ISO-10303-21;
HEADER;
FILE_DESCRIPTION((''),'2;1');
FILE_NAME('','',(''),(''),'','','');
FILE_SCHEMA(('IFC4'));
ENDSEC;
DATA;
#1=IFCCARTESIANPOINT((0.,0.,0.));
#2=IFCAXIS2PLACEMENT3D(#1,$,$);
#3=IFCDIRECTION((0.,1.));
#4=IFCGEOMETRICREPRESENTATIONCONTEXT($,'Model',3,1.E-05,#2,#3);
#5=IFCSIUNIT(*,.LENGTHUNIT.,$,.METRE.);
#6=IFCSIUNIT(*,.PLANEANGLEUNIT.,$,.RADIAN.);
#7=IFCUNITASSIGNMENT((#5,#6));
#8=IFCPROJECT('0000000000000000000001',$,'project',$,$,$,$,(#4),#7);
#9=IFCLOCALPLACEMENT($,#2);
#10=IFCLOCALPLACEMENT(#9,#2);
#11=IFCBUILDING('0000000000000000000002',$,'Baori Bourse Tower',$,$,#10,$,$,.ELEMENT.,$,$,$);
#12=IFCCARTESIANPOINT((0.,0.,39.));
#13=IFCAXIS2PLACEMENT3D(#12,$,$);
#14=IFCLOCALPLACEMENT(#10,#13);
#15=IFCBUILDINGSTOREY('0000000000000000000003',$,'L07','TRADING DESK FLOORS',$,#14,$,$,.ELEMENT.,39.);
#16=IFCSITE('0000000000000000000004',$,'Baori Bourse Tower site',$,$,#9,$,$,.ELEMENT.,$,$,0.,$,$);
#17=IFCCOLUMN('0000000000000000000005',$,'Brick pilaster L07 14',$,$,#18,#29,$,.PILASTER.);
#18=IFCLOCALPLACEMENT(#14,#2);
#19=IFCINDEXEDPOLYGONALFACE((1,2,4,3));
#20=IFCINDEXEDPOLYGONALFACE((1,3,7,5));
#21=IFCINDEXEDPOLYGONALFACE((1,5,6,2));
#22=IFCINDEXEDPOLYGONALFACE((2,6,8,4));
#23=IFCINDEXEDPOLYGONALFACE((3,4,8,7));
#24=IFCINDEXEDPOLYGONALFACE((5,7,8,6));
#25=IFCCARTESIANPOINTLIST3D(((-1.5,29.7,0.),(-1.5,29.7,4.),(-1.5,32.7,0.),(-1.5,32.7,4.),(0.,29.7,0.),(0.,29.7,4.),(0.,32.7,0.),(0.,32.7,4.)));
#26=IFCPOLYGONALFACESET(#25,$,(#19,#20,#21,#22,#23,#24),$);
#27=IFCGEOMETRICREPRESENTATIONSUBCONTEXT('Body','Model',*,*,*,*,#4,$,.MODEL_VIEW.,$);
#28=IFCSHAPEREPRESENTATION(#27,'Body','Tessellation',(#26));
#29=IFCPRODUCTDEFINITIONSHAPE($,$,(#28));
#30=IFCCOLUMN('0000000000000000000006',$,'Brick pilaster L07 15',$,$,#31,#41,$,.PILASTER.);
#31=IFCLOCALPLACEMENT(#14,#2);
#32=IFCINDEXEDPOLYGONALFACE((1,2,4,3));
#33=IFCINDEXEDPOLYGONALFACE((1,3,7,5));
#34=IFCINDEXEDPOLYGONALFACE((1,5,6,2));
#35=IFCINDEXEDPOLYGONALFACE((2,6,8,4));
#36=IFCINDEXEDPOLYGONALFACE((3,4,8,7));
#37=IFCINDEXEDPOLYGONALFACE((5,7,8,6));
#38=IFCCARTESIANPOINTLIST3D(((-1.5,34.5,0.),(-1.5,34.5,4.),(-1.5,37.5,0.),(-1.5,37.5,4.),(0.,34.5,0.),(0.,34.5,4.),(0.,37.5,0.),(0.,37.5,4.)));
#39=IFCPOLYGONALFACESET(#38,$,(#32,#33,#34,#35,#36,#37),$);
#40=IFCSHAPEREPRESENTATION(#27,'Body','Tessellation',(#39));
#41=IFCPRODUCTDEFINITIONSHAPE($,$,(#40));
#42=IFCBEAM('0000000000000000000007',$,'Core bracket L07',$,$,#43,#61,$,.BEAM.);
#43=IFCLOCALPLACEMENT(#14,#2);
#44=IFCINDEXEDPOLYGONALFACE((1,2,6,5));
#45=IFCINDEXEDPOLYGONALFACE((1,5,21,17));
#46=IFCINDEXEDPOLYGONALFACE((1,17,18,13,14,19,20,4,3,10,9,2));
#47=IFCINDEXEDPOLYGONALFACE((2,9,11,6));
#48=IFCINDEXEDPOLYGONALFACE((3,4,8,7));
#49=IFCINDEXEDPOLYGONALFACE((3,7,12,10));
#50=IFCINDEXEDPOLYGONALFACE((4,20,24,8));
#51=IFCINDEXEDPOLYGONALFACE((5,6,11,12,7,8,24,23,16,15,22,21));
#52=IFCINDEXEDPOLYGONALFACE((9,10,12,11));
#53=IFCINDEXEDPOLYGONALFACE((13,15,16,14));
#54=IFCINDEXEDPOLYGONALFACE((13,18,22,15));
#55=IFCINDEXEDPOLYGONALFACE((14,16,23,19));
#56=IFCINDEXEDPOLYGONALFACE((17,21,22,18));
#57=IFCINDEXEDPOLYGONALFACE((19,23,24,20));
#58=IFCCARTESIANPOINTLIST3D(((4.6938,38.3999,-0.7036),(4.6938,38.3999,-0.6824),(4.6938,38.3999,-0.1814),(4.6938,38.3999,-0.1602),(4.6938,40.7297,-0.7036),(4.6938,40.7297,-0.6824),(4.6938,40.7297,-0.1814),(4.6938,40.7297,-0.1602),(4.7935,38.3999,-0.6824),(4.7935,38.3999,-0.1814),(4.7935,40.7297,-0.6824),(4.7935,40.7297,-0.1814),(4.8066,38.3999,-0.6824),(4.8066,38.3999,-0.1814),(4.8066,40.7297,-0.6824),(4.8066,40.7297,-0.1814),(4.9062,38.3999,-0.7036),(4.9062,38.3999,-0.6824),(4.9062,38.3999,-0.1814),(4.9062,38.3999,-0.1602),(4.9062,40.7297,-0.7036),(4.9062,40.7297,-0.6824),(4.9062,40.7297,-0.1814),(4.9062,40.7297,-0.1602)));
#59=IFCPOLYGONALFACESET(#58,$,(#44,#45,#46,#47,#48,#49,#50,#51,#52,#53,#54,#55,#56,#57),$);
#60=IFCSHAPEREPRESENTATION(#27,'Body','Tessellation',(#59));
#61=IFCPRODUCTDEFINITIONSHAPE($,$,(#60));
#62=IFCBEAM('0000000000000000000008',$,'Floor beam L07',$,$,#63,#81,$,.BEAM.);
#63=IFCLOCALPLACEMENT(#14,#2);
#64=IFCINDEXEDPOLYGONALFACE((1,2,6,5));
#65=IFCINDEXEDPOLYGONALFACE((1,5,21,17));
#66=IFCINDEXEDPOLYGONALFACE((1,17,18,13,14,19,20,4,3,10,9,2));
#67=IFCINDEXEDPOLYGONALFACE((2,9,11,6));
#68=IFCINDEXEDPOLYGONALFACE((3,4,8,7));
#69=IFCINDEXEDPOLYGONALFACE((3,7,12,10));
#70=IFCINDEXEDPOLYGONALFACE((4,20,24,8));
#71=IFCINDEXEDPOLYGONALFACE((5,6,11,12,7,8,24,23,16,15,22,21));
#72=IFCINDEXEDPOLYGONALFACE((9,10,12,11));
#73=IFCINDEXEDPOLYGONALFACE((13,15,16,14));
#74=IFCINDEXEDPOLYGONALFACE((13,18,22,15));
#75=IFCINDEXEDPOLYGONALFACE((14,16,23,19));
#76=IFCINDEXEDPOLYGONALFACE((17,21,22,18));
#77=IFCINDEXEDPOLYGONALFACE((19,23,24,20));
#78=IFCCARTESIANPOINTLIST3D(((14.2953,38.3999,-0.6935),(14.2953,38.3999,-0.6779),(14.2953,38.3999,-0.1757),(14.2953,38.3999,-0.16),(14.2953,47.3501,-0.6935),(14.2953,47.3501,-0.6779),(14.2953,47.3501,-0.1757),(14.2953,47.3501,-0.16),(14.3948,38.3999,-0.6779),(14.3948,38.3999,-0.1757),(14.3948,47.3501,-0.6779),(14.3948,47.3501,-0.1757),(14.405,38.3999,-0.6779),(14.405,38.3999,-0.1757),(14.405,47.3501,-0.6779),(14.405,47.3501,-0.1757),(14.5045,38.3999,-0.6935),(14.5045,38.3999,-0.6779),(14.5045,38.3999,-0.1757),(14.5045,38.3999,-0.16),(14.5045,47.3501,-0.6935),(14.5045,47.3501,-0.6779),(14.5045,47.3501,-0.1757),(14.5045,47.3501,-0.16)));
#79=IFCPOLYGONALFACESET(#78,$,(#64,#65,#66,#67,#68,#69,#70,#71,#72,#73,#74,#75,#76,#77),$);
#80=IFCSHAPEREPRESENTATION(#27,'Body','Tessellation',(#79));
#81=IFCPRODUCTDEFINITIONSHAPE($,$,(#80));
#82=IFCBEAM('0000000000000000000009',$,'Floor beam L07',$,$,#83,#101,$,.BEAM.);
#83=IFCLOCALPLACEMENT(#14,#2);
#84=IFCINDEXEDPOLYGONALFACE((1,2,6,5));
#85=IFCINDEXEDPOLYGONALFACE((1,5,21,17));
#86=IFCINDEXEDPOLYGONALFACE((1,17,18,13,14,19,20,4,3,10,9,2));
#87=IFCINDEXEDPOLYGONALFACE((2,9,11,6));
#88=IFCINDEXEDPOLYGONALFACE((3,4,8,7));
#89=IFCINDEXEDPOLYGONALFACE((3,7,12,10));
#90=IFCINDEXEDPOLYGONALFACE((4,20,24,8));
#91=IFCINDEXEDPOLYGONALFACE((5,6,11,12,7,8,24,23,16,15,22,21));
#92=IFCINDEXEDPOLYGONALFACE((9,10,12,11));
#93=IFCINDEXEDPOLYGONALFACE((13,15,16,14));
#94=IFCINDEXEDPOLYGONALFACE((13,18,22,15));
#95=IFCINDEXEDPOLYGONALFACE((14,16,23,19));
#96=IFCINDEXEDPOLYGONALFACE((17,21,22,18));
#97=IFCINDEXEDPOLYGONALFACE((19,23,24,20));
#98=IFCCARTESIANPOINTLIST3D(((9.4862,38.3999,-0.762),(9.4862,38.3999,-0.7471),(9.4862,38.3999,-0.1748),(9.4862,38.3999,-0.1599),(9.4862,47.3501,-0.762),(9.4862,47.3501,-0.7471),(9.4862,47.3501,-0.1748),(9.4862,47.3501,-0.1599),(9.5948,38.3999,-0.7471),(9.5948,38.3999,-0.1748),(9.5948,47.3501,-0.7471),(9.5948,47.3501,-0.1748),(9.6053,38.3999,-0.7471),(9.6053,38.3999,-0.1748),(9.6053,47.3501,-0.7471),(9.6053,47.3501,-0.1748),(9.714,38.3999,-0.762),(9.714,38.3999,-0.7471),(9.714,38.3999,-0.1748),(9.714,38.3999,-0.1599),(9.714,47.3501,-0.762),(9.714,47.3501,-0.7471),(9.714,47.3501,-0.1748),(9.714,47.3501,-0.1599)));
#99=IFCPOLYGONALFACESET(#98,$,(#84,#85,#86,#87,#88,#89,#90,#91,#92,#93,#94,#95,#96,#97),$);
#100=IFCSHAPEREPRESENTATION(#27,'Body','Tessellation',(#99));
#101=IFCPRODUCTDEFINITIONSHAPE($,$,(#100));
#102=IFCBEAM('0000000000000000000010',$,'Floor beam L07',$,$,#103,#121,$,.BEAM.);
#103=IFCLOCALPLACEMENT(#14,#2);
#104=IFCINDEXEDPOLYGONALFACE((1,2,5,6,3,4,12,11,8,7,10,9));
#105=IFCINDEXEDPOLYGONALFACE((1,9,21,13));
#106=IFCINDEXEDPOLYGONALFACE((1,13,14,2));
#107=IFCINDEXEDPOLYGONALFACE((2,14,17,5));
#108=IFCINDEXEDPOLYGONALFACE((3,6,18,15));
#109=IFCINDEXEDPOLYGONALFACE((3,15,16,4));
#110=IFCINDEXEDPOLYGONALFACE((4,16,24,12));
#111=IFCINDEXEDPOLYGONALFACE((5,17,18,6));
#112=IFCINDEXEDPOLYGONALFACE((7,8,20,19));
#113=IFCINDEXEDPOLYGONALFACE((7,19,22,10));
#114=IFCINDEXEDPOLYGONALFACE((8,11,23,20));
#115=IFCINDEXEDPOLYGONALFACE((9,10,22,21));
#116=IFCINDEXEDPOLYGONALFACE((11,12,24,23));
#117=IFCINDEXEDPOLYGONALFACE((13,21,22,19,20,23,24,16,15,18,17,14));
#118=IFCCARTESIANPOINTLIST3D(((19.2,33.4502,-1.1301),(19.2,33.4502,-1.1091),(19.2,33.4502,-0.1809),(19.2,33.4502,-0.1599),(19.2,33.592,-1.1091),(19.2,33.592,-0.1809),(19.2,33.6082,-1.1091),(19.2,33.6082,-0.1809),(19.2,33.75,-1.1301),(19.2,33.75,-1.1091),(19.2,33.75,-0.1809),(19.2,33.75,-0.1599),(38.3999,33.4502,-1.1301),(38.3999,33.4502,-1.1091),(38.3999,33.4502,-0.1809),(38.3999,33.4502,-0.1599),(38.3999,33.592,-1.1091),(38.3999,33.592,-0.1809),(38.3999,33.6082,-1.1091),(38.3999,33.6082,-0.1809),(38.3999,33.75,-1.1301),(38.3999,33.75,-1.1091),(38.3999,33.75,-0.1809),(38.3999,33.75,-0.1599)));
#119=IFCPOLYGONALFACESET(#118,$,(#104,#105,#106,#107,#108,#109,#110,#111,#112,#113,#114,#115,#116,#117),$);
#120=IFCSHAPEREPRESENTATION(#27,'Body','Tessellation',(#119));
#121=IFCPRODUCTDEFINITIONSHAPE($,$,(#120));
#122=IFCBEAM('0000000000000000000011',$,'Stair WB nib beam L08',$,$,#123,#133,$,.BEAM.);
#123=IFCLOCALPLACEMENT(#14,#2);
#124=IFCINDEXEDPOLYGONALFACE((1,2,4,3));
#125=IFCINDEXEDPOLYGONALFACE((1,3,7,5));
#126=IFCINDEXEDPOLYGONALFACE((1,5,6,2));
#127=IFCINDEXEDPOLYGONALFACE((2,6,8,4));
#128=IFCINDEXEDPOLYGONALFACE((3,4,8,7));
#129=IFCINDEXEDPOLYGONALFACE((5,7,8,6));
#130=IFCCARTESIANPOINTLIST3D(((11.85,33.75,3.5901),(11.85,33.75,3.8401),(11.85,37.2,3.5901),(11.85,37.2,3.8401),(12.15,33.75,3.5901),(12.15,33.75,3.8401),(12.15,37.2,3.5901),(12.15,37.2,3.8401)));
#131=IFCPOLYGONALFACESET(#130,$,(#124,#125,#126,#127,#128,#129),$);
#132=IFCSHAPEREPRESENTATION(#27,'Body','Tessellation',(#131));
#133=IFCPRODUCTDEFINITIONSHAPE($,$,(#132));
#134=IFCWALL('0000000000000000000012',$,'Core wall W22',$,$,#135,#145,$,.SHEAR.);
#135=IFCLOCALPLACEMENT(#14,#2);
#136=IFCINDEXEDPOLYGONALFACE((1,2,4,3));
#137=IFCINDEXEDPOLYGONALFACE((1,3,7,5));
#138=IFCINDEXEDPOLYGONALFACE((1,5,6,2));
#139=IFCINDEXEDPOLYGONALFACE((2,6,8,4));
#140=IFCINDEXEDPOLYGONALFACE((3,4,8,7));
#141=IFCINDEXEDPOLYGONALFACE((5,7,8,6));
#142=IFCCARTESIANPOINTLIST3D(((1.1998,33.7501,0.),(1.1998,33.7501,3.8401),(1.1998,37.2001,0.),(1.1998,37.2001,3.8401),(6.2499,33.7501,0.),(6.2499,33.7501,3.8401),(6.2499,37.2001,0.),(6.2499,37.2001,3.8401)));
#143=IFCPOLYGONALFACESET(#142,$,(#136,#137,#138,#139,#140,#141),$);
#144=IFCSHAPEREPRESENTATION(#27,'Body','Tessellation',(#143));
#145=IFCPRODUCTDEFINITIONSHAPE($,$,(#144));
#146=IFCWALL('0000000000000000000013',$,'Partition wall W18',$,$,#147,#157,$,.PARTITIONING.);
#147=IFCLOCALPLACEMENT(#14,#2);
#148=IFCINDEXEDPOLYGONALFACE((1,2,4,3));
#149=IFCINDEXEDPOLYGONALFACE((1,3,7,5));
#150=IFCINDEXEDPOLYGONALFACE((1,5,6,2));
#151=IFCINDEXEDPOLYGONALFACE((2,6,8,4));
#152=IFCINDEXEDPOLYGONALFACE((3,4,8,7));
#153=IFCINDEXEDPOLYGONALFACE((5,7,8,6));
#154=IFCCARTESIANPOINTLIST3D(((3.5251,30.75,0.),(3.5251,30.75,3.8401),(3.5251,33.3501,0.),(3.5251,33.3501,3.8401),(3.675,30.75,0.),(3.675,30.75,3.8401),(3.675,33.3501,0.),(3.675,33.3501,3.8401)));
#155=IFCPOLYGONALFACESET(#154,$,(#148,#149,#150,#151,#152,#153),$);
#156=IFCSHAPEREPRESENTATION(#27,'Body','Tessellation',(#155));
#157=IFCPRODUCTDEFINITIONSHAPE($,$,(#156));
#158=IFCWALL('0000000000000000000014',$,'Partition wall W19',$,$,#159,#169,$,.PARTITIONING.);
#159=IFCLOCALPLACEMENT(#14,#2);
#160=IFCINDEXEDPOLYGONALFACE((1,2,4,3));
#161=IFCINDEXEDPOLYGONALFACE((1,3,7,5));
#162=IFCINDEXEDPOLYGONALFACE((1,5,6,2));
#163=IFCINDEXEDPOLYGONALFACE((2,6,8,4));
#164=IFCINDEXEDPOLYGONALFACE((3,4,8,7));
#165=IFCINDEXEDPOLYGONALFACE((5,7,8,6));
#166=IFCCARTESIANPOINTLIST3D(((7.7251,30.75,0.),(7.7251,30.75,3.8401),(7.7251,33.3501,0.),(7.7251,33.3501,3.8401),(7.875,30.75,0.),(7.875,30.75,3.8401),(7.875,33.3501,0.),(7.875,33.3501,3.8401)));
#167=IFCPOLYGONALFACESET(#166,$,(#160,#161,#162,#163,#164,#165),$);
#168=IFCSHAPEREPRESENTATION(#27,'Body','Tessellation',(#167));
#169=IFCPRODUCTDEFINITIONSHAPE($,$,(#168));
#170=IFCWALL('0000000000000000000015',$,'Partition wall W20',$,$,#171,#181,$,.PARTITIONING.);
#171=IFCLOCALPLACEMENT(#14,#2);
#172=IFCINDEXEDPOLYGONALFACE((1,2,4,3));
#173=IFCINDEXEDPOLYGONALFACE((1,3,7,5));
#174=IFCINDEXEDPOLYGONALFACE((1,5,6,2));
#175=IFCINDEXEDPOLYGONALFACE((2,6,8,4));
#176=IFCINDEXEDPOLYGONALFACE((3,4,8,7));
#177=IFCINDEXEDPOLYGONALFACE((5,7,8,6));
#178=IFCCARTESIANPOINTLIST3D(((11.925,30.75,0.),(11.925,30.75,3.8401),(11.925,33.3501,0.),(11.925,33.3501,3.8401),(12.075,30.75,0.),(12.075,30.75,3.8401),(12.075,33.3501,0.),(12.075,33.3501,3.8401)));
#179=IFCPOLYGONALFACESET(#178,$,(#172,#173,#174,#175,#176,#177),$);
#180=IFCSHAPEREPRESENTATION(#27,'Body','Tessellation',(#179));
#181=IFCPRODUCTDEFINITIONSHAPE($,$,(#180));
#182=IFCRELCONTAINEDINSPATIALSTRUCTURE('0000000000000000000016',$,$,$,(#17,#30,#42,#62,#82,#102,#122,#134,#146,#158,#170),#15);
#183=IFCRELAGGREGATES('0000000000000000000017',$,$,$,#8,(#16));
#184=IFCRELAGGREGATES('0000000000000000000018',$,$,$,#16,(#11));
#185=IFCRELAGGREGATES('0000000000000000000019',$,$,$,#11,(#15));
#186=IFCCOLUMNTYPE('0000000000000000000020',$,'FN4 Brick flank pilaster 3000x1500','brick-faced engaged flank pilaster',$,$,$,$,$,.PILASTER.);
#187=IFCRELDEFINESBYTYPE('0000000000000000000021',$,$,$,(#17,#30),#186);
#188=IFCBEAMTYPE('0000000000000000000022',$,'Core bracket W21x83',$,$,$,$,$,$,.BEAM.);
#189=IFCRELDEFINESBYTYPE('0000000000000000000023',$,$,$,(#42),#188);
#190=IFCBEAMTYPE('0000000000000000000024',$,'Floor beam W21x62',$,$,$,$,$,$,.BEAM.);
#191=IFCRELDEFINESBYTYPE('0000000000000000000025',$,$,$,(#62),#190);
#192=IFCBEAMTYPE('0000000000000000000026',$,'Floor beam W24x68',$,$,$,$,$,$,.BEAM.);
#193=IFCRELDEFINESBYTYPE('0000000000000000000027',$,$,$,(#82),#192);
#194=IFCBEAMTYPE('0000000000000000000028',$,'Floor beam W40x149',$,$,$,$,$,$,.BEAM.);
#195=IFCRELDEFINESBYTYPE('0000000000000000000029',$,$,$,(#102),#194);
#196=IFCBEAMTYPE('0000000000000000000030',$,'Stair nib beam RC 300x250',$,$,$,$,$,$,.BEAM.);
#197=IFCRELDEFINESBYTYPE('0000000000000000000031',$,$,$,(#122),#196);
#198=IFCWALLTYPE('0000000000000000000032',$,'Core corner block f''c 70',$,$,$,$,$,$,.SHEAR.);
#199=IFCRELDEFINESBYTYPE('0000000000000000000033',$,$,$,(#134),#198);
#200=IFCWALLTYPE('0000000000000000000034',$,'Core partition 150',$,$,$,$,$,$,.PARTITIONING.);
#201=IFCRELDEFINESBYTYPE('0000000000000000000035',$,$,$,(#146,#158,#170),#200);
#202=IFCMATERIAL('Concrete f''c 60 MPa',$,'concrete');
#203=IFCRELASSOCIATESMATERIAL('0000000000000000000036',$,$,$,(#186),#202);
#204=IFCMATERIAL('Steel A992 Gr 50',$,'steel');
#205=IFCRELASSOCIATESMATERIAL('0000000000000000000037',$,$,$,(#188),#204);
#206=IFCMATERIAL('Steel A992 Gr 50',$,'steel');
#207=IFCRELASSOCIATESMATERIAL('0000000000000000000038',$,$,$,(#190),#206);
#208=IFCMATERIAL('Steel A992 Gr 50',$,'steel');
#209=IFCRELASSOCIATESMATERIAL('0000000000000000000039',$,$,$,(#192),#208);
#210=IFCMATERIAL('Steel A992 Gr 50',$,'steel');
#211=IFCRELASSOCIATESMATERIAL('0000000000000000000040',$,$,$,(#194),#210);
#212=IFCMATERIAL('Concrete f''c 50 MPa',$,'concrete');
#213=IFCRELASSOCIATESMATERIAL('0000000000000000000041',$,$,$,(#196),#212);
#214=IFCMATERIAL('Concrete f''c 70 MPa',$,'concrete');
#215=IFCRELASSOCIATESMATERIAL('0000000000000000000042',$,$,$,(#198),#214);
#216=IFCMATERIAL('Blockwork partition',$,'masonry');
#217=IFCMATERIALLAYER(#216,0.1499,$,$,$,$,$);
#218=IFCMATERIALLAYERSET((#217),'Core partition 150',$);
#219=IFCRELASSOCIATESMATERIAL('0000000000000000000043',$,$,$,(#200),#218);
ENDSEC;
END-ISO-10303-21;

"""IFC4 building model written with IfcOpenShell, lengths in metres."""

from ifc_helpers import new_model, si_unit, direction, frame, frame_2d, origin, origin_2d, place, context, subcontext, project, spatial, rectangle, i_section, extrude, material, layer, layer_set, material_profile, profile_set, type_object, element, save


model = new_model("IFC4")

# Units and contexts
model_context = context("Model", 3, precision=1e-05, world=origin(), true_north=direction((0.0, 1.0)))
body_context = subcontext(model_context, "Body", "Model", "MODEL_VIEW")
ifc_project = project(units=[si_unit("LENGTHUNIT", "METRE"), si_unit("PLANEANGLEUNIT", "RADIAN")], contexts=[model_context])

# Site, building, storey
site_placement = place(None, origin())
site = spatial("IfcSite", under=ifc_project, at=site_placement, Name="Baori Bourse Tower site", CompositionType="ELEMENT", RefElevation=0.0)
building_placement = place(site_placement, origin())
building = spatial("IfcBuilding", under=site, at=building_placement, Name="Baori Bourse Tower", CompositionType="ELEMENT")
storey_placement = place(building_placement, frame((0.0, 0.0, 39.0)))
storey = spatial("IfcBuildingStorey", under=building, at=storey_placement, Name="L07", Description="TRADING DESK FLOORS", CompositionType="ELEMENT", Elevation=39.0)

# Columns
ifc_material_1 = material(Name="Concrete f'c 60 MPa", Category="concrete")
ifc_material_profile_1 = material_profile(ifc_material_1, rectangle(XDim=3.0, YDim=1.5, at=origin_2d()), Name="RC 3000x1500")
ifc_profile_set_1 = profile_set([ifc_material_profile_1], Name="Concrete f'c 60 MPa")
column_type = type_object("IfcColumnType", Name="FN4 Brick flank pilaster 3000x1500", Description="brick-faced engaged flank pilaster", PredefinedType="PILASTER", material=ifc_profile_set_1)
for number, where, z_axis, x_axis, name in (
    (1, (-0.75, 31.2, 0.0), (0.0, 0.0, 1.0), (0.0, 1.0, 0.0), "Brick pilaster L07 14"),
    (2, (-0.75, 36.0, 0.0), (0.0, 0.0, 1.0), (0.0, 1.0, 0.0), "Brick pilaster L07 15"),
):
    element("IfcColumn", number, at=place(storey_placement, frame(where, z_axis=z_axis, x_axis=x_axis)), inside=storey, type_object=column_type, Name=name, PredefinedType="PILASTER", context=body_context, shape_type="SweptSolid", body=[
        extrude(rectangle(XDim=3.0, YDim=1.5, at=origin_2d()), origin(), (0.0, 0.0, 1.0), 4.0),
    ])

# Beams
ifc_material_2 = material(Name="Steel A992 Gr 50", Category="steel")
ifc_material_profile_2 = material_profile(ifc_material_2, i_section(OverallWidth=0.2124, OverallDepth=0.5435, WebThickness=0.0132, FlangeThickness=0.0212, at=origin_2d()), Name="W21x83")
ifc_profile_set_2 = profile_set([ifc_material_profile_2], Name="Steel A992 Gr 50")
beam_type_1 = type_object("IfcBeamType", Name="Core bracket W21x83", PredefinedType="BEAM", material=ifc_profile_set_2)
beam_1_placement = place(storey_placement, frame((4.8, 38.3999, -0.4319), z_axis=(0.0, 1.0, 0.0), x_axis=(-1.0, 0.0, 0.0)))
element("IfcBeam", 3, at=beam_1_placement, inside=storey, type_object=beam_type_1, Name="Core bracket L07", PredefinedType="BEAM", context=body_context, shape_type="SweptSolid", body=[
    extrude(i_section(OverallWidth=0.2124, OverallDepth=0.5435, WebThickness=0.0132, FlangeThickness=0.0212, at=origin_2d()), origin(), (0.0, 0.0, 1.0), 2.3298),
])
ifc_material_3 = material(Name="Steel A992 Gr 50", Category="steel")
ifc_material_profile_3 = material_profile(ifc_material_3, i_section(OverallWidth=0.2092, OverallDepth=0.5334, WebThickness=0.0103, FlangeThickness=0.0156, at=origin_2d()), Name="W21x62")
ifc_profile_set_3 = profile_set([ifc_material_profile_3], Name="Steel A992 Gr 50")
beam_type_2 = type_object("IfcBeamType", Name="Floor beam W21x62", PredefinedType="BEAM", material=ifc_profile_set_3)
beam_2_placement = place(storey_placement, frame((14.3999, 38.3999, -0.4268), z_axis=(0.0, 1.0, 0.0), x_axis=(-1.0, 0.0, 0.0)))
element("IfcBeam", 4, at=beam_2_placement, inside=storey, type_object=beam_type_2, Name="Floor beam L07", PredefinedType="BEAM", context=body_context, shape_type="SweptSolid", body=[
    extrude(i_section(OverallWidth=0.2092, OverallDepth=0.5334, WebThickness=0.0103, FlangeThickness=0.0156, at=origin_2d()), origin(), (0.0, 0.0, 1.0), 8.9502),
])
ifc_material_4 = material(Name="Steel A992 Gr 50", Category="steel")
ifc_material_profile_4 = material_profile(ifc_material_4, i_section(OverallWidth=0.2278, OverallDepth=0.6021, WebThickness=0.0105, FlangeThickness=0.0149, at=origin_2d()), Name="W24x68")
ifc_profile_set_4 = profile_set([ifc_material_profile_4], Name="Steel A992 Gr 50")
beam_type_3 = type_object("IfcBeamType", Name="Floor beam W24x68", PredefinedType="BEAM", material=ifc_profile_set_4)
beam_3_placement = place(storey_placement, frame((9.6001, 38.3999, -0.4609), z_axis=(0.0, 1.0, 0.0), x_axis=(-1.0, 0.0, 0.0)))
element("IfcBeam", 5, at=beam_3_placement, inside=storey, type_object=beam_type_3, Name="Floor beam L07", PredefinedType="BEAM", context=body_context, shape_type="SweptSolid", body=[
    extrude(i_section(OverallWidth=0.2278, OverallDepth=0.6021, WebThickness=0.0105, FlangeThickness=0.0149, at=origin_2d()), origin(), (0.0, 0.0, 1.0), 8.9502),
])
ifc_material_5 = material(Name="Steel A992 Gr 50", Category="steel")
ifc_material_profile_5 = material_profile(ifc_material_5, i_section(OverallWidth=0.2998, OverallDepth=0.9702, WebThickness=0.0161, FlangeThickness=0.021, at=origin_2d()), Name="W40x149")
ifc_profile_set_5 = profile_set([ifc_material_profile_5], Name="Steel A992 Gr 50")
beam_type_4 = type_object("IfcBeamType", Name="Floor beam W40x149", PredefinedType="BEAM", material=ifc_profile_set_5)
beam_4_placement = place(storey_placement, frame((19.2, 33.6001, -0.645), z_axis=(1.0, 0.0, 0.0), x_axis=(0.0, 1.0, 0.0)))
element("IfcBeam", 6, at=beam_4_placement, inside=storey, type_object=beam_type_4, Name="Floor beam L07", PredefinedType="BEAM", context=body_context, shape_type="SweptSolid", body=[
    extrude(i_section(OverallWidth=0.2998, OverallDepth=0.9702, WebThickness=0.0161, FlangeThickness=0.021, at=origin_2d()), origin(), (0.0, 0.0, 1.0), 19.2),
])
ifc_material_6 = material(Name="Concrete f'c 50 MPa", Category="concrete")
ifc_material_profile_6 = material_profile(ifc_material_6, rectangle(XDim=0.3, YDim=0.25, at=origin_2d()), Name="RC 300x250")
ifc_profile_set_6 = profile_set([ifc_material_profile_6], Name="Concrete f'c 50 MPa")
beam_type_5 = type_object("IfcBeamType", Name="Stair nib beam RC 300x250", PredefinedType="BEAM", material=ifc_profile_set_6)
beam_5_placement = place(storey_placement, frame((12.0, 33.75, 3.7151), z_axis=(0.0, 1.0, 0.0), x_axis=(-1.0, 0.0, 0.0)))
element("IfcBeam", 7, at=beam_5_placement, inside=storey, type_object=beam_type_5, Name="Stair WB nib beam L08", PredefinedType="BEAM", context=body_context, shape_type="SweptSolid", body=[
    extrude(rectangle(XDim=0.3, YDim=0.25, at=origin_2d()), origin(), (0.0, 0.0, 1.0), 3.45),
])

# Walls
ifc_material_7 = material(Name="Concrete f'c 70 MPa", Category="concrete")
wall_type_1 = type_object("IfcWallType", Name="Core corner block f'c 70", PredefinedType="SHEAR", material=ifc_material_7)
wall_1_placement = place(storey_placement, frame((1.2, 35.4751, 0.0), z_axis=(0.0, 0.0, 1.0), x_axis=(1.0, 0.0, 0.0)))
element("IfcWall", 8, at=wall_1_placement, inside=storey, type_object=wall_type_1, Name="Core wall W22", PredefinedType="SHEAR", context=body_context, shape_type="SweptSolid", body=[
    extrude(rectangle(XDim=5.05, YDim=3.45, at=frame_2d((2.5249, 0.0))), origin(), (0.0, 0.0, 1.0), 3.8401),
])
ifc_material_8 = material(Name="Blockwork partition", Category="masonry")
ifc_layer_1 = layer(ifc_material_8, 0.1499)
ifc_layer_set_1 = layer_set([ifc_layer_1], Name="Core partition 150")
wall_type_2 = type_object("IfcWallType", Name="Core partition 150", PredefinedType="PARTITIONING", material=ifc_layer_set_1)
for number, where, z_axis, x_axis, name in (
    (9, (3.6001, 30.75, 0.0), (0.0, 0.0, 1.0), (0.0, 1.0, 0.0), "Partition wall W18"),
    (10, (7.8, 30.75, 0.0), (0.0, 0.0, 1.0), (0.0, 1.0, 0.0), "Partition wall W19"),
    (11, (12.0, 30.75, 0.0), (0.0, 0.0, 1.0), (0.0, 1.0, 0.0), "Partition wall W20"),
):
    element("IfcWall", number, at=place(storey_placement, frame(where, z_axis=z_axis, x_axis=x_axis)), inside=storey, type_object=wall_type_2, Name=name, PredefinedType="PARTITIONING", context=body_context, shape_type="SweptSolid", body=[
        extrude(rectangle(XDim=2.6001, YDim=0.1499, at=frame_2d((1.3, 0.0))), origin(), (0.0, 0.0, 1.0), 3.8401),
    ])

save(model, "model.ifc")
